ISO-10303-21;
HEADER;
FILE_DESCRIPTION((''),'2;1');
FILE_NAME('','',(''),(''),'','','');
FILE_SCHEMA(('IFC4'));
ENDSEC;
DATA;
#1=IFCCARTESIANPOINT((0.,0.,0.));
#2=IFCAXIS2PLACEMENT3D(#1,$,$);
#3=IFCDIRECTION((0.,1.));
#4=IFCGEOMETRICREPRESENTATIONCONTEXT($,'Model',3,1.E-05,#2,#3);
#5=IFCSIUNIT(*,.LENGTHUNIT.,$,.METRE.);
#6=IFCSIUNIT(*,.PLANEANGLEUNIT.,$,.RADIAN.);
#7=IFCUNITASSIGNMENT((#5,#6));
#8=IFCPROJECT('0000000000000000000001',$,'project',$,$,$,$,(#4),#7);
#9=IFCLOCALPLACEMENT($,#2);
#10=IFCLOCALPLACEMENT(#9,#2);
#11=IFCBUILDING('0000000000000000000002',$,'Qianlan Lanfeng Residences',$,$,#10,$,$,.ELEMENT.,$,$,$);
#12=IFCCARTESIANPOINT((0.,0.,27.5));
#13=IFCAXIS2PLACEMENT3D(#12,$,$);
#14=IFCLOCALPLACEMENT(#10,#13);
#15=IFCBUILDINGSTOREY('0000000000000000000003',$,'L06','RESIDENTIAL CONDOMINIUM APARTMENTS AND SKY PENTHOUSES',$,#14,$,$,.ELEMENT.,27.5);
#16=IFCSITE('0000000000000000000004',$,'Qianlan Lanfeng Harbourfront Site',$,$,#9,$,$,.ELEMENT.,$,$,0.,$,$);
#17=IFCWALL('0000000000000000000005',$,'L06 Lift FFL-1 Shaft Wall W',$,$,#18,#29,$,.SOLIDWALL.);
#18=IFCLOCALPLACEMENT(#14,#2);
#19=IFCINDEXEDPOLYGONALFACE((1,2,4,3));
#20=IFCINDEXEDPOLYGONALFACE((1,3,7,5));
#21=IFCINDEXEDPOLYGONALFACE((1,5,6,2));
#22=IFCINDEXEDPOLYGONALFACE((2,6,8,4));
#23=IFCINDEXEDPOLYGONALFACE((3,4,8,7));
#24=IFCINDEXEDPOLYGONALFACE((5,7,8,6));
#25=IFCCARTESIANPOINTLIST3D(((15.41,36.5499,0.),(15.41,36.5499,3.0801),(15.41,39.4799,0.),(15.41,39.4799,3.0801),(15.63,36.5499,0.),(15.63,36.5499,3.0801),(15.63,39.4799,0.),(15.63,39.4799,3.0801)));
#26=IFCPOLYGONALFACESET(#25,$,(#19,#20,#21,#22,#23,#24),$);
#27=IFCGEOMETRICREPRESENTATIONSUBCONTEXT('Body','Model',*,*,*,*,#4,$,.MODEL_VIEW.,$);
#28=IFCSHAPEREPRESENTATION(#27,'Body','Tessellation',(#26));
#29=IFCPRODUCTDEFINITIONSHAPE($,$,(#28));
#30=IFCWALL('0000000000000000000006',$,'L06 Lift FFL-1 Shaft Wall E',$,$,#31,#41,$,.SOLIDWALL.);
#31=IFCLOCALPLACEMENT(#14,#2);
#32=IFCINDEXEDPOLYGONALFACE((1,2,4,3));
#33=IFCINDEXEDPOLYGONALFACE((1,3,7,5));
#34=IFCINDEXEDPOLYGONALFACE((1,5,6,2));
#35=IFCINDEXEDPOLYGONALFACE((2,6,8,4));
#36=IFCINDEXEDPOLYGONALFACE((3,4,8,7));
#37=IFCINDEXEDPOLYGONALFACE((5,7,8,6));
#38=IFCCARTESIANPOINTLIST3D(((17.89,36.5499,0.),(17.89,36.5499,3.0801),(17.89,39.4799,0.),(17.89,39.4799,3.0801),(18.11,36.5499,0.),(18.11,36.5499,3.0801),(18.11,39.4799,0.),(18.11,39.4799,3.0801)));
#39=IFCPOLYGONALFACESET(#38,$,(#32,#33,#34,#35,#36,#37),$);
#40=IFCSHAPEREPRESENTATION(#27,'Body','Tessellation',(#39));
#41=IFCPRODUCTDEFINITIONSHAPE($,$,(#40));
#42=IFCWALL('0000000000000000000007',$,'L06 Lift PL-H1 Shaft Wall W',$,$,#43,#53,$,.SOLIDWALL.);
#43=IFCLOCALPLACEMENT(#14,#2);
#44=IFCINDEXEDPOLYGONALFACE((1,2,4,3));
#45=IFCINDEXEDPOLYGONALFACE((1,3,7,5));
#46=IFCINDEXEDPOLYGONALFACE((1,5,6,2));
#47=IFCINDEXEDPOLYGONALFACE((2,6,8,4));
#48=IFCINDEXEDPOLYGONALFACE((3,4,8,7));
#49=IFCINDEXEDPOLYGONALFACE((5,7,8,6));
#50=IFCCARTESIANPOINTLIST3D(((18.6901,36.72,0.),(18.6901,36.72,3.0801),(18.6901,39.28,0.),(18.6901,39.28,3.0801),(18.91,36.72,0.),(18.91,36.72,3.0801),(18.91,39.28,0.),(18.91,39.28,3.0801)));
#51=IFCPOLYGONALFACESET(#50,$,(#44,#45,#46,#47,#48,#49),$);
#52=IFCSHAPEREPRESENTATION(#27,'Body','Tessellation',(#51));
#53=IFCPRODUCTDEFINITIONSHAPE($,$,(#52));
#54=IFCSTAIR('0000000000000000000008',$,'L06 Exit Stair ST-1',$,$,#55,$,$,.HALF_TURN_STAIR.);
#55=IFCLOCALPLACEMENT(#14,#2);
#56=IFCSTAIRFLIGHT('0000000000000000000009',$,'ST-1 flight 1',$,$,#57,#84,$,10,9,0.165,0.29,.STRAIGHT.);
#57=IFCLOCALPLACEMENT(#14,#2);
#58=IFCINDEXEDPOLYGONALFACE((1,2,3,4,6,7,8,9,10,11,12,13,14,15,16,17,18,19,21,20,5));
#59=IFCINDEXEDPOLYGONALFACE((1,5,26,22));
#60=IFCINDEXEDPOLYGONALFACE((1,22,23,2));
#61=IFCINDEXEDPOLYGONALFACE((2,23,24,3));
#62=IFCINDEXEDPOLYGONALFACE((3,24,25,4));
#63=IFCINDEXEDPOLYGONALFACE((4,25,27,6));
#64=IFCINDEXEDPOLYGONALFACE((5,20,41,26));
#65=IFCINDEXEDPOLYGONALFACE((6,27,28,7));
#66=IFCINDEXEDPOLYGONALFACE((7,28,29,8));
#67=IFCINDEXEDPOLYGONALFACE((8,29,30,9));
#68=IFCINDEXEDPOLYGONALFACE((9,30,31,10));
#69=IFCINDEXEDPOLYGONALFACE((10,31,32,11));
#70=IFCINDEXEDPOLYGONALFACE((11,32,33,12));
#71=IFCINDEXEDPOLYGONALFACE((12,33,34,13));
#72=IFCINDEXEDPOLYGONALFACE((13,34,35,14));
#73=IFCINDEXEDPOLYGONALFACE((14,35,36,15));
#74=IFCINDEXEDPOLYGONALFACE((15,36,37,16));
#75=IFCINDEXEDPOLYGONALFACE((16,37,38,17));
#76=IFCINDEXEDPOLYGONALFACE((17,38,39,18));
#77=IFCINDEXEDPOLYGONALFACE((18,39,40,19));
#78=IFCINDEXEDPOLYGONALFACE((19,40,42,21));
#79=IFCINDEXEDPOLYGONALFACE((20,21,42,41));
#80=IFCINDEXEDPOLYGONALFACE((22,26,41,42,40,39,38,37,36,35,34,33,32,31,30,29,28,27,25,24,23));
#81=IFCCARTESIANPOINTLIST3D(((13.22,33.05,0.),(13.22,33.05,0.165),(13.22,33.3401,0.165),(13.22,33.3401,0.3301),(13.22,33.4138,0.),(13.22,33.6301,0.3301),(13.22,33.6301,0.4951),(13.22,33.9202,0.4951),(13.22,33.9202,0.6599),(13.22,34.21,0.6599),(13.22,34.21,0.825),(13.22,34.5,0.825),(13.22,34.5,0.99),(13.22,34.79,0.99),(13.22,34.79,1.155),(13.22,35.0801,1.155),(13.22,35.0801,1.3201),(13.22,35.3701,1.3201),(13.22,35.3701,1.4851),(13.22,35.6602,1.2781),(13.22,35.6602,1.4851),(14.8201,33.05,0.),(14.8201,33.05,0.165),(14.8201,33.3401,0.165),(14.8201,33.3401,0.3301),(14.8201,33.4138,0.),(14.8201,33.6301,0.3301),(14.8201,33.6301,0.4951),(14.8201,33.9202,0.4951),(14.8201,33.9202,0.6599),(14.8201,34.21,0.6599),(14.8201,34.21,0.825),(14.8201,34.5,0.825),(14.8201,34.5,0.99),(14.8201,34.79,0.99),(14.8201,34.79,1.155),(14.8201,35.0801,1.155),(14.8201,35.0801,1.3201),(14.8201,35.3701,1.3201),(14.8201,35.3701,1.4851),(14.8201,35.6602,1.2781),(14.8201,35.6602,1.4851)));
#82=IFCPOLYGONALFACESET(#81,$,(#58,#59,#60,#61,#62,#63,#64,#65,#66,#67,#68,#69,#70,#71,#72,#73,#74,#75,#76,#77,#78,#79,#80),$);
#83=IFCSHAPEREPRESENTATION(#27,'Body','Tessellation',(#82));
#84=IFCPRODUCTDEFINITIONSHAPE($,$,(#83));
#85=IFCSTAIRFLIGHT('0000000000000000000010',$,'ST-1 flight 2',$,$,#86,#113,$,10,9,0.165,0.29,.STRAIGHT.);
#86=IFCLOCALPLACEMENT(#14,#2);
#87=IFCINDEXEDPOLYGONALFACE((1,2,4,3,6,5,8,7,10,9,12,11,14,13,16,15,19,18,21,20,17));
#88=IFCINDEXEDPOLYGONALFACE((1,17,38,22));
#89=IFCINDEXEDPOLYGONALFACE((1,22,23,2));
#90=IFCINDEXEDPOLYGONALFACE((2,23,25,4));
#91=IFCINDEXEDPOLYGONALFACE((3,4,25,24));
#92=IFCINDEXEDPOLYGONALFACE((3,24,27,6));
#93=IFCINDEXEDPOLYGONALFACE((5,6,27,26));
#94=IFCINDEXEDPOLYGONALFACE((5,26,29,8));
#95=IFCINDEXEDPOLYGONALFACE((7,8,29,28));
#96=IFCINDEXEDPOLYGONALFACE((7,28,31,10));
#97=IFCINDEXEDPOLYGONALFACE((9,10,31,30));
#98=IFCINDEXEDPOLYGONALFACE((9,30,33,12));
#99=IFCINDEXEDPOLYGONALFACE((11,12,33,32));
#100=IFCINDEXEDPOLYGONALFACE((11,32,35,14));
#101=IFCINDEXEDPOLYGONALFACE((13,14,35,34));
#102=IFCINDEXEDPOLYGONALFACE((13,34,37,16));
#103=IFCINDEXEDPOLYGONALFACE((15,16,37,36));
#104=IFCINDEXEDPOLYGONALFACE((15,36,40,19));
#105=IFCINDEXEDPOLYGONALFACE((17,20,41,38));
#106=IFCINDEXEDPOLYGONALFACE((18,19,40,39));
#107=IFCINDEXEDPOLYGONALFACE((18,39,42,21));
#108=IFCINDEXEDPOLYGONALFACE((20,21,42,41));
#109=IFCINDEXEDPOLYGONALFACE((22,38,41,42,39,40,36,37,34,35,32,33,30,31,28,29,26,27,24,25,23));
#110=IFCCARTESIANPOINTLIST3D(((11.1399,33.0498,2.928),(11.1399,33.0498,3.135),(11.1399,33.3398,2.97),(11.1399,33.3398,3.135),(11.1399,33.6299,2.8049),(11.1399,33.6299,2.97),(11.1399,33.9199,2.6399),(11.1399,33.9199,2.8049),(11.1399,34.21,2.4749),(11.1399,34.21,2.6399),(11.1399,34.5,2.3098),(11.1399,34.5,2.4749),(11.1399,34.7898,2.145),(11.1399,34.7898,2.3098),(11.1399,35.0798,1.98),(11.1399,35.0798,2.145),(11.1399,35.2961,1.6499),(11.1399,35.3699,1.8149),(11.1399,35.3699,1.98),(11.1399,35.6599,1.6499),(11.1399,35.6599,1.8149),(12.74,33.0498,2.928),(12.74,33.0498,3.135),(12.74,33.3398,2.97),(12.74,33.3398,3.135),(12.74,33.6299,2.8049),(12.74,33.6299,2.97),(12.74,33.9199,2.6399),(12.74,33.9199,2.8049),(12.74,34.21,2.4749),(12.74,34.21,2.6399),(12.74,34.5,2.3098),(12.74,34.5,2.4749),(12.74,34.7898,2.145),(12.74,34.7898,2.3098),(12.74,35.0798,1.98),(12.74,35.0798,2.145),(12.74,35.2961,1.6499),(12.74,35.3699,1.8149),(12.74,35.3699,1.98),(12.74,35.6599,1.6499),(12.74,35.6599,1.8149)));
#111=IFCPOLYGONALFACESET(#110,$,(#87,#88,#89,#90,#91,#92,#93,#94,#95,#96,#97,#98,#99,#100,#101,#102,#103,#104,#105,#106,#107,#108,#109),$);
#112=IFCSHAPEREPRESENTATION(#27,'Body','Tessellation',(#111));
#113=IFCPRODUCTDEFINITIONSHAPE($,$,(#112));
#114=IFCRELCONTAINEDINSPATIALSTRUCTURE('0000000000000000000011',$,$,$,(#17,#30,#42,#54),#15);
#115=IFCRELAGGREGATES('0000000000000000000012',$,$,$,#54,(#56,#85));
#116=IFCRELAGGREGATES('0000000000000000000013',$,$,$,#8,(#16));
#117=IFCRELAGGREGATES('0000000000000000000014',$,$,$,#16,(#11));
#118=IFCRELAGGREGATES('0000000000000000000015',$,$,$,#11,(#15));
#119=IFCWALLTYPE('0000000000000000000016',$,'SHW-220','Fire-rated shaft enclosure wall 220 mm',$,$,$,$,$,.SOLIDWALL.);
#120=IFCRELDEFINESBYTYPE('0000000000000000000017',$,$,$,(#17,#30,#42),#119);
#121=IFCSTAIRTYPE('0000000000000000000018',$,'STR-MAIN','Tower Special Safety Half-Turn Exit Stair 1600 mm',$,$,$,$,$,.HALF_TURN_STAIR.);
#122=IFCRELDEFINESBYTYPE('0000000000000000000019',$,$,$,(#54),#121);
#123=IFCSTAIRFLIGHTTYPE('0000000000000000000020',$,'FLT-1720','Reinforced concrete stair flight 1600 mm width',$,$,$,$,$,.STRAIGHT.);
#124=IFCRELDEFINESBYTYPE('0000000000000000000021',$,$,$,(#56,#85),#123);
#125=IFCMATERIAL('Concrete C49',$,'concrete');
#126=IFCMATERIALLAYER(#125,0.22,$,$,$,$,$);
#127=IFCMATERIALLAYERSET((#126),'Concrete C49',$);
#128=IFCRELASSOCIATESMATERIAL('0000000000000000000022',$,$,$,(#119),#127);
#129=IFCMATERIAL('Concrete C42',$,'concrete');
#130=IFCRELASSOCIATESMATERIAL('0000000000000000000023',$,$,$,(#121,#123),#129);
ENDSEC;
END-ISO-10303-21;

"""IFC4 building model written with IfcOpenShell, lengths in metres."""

from ifc_helpers import new_model, si_unit, direction, frame, frame_2d, origin, place, context, subcontext, project, spatial, polyline, rectangle, outline, extrude, material, layer, layer_set, type_object, element, aggregate, save


model = new_model("IFC4")

# Units and contexts
model_context = context("Model", 3, precision=1e-05, world=origin(), true_north=direction((0.0, 1.0)))
body_context = subcontext(model_context, "Body", "Model", "MODEL_VIEW")
ifc_project = project(units=[si_unit("LENGTHUNIT", "METRE"), si_unit("PLANEANGLEUNIT", "RADIAN")], contexts=[model_context])

# Site, building, storey
site_placement = place(None, origin())
site = spatial("IfcSite", under=ifc_project, at=site_placement, Name="Qianlan Lanfeng Harbourfront Site", CompositionType="ELEMENT", RefElevation=0.0)
building_placement = place(site_placement, origin())
building = spatial("IfcBuilding", under=site, at=building_placement, Name="Qianlan Lanfeng Residences", CompositionType="ELEMENT")
storey_placement = place(building_placement, frame((0.0, 0.0, 27.5)))
storey = spatial("IfcBuildingStorey", under=building, at=storey_placement, Name="L06", Description="RESIDENTIAL CONDOMINIUM APARTMENTS AND SKY PENTHOUSES", CompositionType="ELEMENT", Elevation=27.5)

# Walls
ifc_material_1 = material(Name="Concrete C49", Category="concrete")
ifc_layer_1 = layer(ifc_material_1, 0.22)
ifc_layer_set_1 = layer_set([ifc_layer_1], Name="Concrete C49")
wall_type_1 = type_object("IfcWallType", Name="SHW-220", Description="Fire-rated shaft enclosure wall 220 mm", PredefinedType="SOLIDWALL", material=ifc_layer_set_1)
for number, where, z_axis, x_axis, name in (
    (1, (15.52, 36.55, 0.0), (0.0, 0.0, 1.0), (0.0, 1.0, 0.0), "L06 Lift FFL-1 Shaft Wall W"),
    (2, (18.0, 36.55, 0.0), (0.0, 0.0, 1.0), (0.0, 1.0, 0.0), "L06 Lift FFL-1 Shaft Wall E"),
):
    element("IfcWall", number, at=place(storey_placement, frame(where, z_axis=z_axis, x_axis=x_axis)), inside=storey, type_object=wall_type_1, Name=name, PredefinedType="SOLIDWALL", context=body_context, shape_type="SweptSolid", body=[
        extrude(rectangle(XDim=2.9299, YDim=0.22, at=frame_2d((1.4648, 0.0))), origin(), (0.0, 0.0, 1.0), 3.0801),
    ])
wall_1_placement = place(storey_placement, frame((18.8, 36.72, 0.0), z_axis=(0.0, 0.0, 1.0), x_axis=(0.0, 1.0, 0.0)))
element("IfcWall", 3, at=wall_1_placement, inside=storey, type_object=wall_type_1, Name="L06 Lift PL-H1 Shaft Wall W", PredefinedType="SOLIDWALL", context=body_context, shape_type="SweptSolid", body=[
    extrude(rectangle(XDim=2.5601, YDim=0.22, at=frame_2d((1.28, 0.0))), origin(), (0.0, 0.0, 1.0), 3.0801),
])

# Stair, stair flights
ifc_material_2 = material(Name="Concrete C42", Category="concrete")
stair_type = type_object("IfcStairType", Name="STR-MAIN", Description="Tower Special Safety Half-Turn Exit Stair 1600 mm", PredefinedType="HALF_TURN_STAIR", material=ifc_material_2)
stair_placement = place(storey_placement, origin())
stair = element("IfcStair", 4, at=stair_placement, inside=storey, type_object=stair_type, Name="L06 Exit Stair ST-1", PredefinedType="HALF_TURN_STAIR")
stair_flight_type = type_object("IfcStairFlightType", Name="FLT-1720", Description="Reinforced concrete stair flight 1600 mm width", PredefinedType="STRAIGHT", material=ifc_material_2)
stair_flight_1_placement = place(storey_placement, frame((14.02, 33.05, 0.0), z_axis=(0.0, 0.0, 1.0), x_axis=(0.0, 1.0, 0.0)))
stair_flight_1 = element("IfcStairFlight", 5, at=stair_flight_1_placement, type_object=stair_flight_type, Name="ST-1 flight 1", NumberOfRisers=10, NumberOfTreads=9, PredefinedType="STRAIGHT", RiserHeight=0.165, TreadLength=0.29, context=body_context, shape_type="SweptSolid", body=[
    extrude(outline(polyline([(0.0, 0.0), (0.0, 0.165), (0.29, 0.165), (0.29, 0.3301), (0.5801, 0.3301), (0.5801, 0.4951), (0.8701, 0.4951), (0.8701, 0.6599), (1.1599, 0.6599), (1.1599, 0.825), (1.45, 0.825), (1.45, 0.99), (1.74, 0.99), (1.74, 1.155), (2.03, 1.155), (2.03, 1.3201), (2.3201, 1.3201), (2.3201, 1.4851), (2.6101, 1.4851), (2.6101, 1.6499), (2.6101, 1.2781), (0.3638, 0.0), (0.0, 0.0)])), frame((0.0, 0.8, 0.0), z_axis=(0.0, -1.0, 0.0), x_axis=(1.0, 0.0, 0.0)), (0.0, 0.0, 1.0), 1.6001),
])
stair_flight_2_placement = place(storey_placement, frame((11.9399, 35.6599, 1.6499), z_axis=(0.0, 0.0, 1.0), x_axis=(0.0, -1.0, 0.0)))
stair_flight_2 = element("IfcStairFlight", 6, at=stair_flight_2_placement, type_object=stair_flight_type, Name="ST-1 flight 2", NumberOfRisers=10, NumberOfTreads=9, PredefinedType="STRAIGHT", RiserHeight=0.165, TreadLength=0.29, context=body_context, shape_type="SweptSolid", body=[
    extrude(outline(polyline([(0.0, 0.0), (0.0, 0.165), (0.29, 0.165), (0.29, 0.3301), (0.5801, 0.3301), (0.5801, 0.4951), (0.8701, 0.4951), (0.8701, 0.6599), (1.1599, 0.6599), (1.1599, 0.825), (1.45, 0.825), (1.45, 0.99), (1.74, 0.99), (1.74, 1.155), (2.03, 1.155), (2.03, 1.3201), (2.3201, 1.3201), (2.3201, 1.4851), (2.6101, 1.4851), (2.6101, 1.6499), (2.6101, 1.2781), (0.3638, 0.0), (0.0, 0.0)])), frame((0.0, 0.8, 0.0), z_axis=(0.0, -1.0, 0.0), x_axis=(1.0, 0.0, 0.0)), (0.0, 0.0, 1.0), 1.6001),
])
aggregate(stair, [stair_flight_1, stair_flight_2])

save(model, "model.ifc")
